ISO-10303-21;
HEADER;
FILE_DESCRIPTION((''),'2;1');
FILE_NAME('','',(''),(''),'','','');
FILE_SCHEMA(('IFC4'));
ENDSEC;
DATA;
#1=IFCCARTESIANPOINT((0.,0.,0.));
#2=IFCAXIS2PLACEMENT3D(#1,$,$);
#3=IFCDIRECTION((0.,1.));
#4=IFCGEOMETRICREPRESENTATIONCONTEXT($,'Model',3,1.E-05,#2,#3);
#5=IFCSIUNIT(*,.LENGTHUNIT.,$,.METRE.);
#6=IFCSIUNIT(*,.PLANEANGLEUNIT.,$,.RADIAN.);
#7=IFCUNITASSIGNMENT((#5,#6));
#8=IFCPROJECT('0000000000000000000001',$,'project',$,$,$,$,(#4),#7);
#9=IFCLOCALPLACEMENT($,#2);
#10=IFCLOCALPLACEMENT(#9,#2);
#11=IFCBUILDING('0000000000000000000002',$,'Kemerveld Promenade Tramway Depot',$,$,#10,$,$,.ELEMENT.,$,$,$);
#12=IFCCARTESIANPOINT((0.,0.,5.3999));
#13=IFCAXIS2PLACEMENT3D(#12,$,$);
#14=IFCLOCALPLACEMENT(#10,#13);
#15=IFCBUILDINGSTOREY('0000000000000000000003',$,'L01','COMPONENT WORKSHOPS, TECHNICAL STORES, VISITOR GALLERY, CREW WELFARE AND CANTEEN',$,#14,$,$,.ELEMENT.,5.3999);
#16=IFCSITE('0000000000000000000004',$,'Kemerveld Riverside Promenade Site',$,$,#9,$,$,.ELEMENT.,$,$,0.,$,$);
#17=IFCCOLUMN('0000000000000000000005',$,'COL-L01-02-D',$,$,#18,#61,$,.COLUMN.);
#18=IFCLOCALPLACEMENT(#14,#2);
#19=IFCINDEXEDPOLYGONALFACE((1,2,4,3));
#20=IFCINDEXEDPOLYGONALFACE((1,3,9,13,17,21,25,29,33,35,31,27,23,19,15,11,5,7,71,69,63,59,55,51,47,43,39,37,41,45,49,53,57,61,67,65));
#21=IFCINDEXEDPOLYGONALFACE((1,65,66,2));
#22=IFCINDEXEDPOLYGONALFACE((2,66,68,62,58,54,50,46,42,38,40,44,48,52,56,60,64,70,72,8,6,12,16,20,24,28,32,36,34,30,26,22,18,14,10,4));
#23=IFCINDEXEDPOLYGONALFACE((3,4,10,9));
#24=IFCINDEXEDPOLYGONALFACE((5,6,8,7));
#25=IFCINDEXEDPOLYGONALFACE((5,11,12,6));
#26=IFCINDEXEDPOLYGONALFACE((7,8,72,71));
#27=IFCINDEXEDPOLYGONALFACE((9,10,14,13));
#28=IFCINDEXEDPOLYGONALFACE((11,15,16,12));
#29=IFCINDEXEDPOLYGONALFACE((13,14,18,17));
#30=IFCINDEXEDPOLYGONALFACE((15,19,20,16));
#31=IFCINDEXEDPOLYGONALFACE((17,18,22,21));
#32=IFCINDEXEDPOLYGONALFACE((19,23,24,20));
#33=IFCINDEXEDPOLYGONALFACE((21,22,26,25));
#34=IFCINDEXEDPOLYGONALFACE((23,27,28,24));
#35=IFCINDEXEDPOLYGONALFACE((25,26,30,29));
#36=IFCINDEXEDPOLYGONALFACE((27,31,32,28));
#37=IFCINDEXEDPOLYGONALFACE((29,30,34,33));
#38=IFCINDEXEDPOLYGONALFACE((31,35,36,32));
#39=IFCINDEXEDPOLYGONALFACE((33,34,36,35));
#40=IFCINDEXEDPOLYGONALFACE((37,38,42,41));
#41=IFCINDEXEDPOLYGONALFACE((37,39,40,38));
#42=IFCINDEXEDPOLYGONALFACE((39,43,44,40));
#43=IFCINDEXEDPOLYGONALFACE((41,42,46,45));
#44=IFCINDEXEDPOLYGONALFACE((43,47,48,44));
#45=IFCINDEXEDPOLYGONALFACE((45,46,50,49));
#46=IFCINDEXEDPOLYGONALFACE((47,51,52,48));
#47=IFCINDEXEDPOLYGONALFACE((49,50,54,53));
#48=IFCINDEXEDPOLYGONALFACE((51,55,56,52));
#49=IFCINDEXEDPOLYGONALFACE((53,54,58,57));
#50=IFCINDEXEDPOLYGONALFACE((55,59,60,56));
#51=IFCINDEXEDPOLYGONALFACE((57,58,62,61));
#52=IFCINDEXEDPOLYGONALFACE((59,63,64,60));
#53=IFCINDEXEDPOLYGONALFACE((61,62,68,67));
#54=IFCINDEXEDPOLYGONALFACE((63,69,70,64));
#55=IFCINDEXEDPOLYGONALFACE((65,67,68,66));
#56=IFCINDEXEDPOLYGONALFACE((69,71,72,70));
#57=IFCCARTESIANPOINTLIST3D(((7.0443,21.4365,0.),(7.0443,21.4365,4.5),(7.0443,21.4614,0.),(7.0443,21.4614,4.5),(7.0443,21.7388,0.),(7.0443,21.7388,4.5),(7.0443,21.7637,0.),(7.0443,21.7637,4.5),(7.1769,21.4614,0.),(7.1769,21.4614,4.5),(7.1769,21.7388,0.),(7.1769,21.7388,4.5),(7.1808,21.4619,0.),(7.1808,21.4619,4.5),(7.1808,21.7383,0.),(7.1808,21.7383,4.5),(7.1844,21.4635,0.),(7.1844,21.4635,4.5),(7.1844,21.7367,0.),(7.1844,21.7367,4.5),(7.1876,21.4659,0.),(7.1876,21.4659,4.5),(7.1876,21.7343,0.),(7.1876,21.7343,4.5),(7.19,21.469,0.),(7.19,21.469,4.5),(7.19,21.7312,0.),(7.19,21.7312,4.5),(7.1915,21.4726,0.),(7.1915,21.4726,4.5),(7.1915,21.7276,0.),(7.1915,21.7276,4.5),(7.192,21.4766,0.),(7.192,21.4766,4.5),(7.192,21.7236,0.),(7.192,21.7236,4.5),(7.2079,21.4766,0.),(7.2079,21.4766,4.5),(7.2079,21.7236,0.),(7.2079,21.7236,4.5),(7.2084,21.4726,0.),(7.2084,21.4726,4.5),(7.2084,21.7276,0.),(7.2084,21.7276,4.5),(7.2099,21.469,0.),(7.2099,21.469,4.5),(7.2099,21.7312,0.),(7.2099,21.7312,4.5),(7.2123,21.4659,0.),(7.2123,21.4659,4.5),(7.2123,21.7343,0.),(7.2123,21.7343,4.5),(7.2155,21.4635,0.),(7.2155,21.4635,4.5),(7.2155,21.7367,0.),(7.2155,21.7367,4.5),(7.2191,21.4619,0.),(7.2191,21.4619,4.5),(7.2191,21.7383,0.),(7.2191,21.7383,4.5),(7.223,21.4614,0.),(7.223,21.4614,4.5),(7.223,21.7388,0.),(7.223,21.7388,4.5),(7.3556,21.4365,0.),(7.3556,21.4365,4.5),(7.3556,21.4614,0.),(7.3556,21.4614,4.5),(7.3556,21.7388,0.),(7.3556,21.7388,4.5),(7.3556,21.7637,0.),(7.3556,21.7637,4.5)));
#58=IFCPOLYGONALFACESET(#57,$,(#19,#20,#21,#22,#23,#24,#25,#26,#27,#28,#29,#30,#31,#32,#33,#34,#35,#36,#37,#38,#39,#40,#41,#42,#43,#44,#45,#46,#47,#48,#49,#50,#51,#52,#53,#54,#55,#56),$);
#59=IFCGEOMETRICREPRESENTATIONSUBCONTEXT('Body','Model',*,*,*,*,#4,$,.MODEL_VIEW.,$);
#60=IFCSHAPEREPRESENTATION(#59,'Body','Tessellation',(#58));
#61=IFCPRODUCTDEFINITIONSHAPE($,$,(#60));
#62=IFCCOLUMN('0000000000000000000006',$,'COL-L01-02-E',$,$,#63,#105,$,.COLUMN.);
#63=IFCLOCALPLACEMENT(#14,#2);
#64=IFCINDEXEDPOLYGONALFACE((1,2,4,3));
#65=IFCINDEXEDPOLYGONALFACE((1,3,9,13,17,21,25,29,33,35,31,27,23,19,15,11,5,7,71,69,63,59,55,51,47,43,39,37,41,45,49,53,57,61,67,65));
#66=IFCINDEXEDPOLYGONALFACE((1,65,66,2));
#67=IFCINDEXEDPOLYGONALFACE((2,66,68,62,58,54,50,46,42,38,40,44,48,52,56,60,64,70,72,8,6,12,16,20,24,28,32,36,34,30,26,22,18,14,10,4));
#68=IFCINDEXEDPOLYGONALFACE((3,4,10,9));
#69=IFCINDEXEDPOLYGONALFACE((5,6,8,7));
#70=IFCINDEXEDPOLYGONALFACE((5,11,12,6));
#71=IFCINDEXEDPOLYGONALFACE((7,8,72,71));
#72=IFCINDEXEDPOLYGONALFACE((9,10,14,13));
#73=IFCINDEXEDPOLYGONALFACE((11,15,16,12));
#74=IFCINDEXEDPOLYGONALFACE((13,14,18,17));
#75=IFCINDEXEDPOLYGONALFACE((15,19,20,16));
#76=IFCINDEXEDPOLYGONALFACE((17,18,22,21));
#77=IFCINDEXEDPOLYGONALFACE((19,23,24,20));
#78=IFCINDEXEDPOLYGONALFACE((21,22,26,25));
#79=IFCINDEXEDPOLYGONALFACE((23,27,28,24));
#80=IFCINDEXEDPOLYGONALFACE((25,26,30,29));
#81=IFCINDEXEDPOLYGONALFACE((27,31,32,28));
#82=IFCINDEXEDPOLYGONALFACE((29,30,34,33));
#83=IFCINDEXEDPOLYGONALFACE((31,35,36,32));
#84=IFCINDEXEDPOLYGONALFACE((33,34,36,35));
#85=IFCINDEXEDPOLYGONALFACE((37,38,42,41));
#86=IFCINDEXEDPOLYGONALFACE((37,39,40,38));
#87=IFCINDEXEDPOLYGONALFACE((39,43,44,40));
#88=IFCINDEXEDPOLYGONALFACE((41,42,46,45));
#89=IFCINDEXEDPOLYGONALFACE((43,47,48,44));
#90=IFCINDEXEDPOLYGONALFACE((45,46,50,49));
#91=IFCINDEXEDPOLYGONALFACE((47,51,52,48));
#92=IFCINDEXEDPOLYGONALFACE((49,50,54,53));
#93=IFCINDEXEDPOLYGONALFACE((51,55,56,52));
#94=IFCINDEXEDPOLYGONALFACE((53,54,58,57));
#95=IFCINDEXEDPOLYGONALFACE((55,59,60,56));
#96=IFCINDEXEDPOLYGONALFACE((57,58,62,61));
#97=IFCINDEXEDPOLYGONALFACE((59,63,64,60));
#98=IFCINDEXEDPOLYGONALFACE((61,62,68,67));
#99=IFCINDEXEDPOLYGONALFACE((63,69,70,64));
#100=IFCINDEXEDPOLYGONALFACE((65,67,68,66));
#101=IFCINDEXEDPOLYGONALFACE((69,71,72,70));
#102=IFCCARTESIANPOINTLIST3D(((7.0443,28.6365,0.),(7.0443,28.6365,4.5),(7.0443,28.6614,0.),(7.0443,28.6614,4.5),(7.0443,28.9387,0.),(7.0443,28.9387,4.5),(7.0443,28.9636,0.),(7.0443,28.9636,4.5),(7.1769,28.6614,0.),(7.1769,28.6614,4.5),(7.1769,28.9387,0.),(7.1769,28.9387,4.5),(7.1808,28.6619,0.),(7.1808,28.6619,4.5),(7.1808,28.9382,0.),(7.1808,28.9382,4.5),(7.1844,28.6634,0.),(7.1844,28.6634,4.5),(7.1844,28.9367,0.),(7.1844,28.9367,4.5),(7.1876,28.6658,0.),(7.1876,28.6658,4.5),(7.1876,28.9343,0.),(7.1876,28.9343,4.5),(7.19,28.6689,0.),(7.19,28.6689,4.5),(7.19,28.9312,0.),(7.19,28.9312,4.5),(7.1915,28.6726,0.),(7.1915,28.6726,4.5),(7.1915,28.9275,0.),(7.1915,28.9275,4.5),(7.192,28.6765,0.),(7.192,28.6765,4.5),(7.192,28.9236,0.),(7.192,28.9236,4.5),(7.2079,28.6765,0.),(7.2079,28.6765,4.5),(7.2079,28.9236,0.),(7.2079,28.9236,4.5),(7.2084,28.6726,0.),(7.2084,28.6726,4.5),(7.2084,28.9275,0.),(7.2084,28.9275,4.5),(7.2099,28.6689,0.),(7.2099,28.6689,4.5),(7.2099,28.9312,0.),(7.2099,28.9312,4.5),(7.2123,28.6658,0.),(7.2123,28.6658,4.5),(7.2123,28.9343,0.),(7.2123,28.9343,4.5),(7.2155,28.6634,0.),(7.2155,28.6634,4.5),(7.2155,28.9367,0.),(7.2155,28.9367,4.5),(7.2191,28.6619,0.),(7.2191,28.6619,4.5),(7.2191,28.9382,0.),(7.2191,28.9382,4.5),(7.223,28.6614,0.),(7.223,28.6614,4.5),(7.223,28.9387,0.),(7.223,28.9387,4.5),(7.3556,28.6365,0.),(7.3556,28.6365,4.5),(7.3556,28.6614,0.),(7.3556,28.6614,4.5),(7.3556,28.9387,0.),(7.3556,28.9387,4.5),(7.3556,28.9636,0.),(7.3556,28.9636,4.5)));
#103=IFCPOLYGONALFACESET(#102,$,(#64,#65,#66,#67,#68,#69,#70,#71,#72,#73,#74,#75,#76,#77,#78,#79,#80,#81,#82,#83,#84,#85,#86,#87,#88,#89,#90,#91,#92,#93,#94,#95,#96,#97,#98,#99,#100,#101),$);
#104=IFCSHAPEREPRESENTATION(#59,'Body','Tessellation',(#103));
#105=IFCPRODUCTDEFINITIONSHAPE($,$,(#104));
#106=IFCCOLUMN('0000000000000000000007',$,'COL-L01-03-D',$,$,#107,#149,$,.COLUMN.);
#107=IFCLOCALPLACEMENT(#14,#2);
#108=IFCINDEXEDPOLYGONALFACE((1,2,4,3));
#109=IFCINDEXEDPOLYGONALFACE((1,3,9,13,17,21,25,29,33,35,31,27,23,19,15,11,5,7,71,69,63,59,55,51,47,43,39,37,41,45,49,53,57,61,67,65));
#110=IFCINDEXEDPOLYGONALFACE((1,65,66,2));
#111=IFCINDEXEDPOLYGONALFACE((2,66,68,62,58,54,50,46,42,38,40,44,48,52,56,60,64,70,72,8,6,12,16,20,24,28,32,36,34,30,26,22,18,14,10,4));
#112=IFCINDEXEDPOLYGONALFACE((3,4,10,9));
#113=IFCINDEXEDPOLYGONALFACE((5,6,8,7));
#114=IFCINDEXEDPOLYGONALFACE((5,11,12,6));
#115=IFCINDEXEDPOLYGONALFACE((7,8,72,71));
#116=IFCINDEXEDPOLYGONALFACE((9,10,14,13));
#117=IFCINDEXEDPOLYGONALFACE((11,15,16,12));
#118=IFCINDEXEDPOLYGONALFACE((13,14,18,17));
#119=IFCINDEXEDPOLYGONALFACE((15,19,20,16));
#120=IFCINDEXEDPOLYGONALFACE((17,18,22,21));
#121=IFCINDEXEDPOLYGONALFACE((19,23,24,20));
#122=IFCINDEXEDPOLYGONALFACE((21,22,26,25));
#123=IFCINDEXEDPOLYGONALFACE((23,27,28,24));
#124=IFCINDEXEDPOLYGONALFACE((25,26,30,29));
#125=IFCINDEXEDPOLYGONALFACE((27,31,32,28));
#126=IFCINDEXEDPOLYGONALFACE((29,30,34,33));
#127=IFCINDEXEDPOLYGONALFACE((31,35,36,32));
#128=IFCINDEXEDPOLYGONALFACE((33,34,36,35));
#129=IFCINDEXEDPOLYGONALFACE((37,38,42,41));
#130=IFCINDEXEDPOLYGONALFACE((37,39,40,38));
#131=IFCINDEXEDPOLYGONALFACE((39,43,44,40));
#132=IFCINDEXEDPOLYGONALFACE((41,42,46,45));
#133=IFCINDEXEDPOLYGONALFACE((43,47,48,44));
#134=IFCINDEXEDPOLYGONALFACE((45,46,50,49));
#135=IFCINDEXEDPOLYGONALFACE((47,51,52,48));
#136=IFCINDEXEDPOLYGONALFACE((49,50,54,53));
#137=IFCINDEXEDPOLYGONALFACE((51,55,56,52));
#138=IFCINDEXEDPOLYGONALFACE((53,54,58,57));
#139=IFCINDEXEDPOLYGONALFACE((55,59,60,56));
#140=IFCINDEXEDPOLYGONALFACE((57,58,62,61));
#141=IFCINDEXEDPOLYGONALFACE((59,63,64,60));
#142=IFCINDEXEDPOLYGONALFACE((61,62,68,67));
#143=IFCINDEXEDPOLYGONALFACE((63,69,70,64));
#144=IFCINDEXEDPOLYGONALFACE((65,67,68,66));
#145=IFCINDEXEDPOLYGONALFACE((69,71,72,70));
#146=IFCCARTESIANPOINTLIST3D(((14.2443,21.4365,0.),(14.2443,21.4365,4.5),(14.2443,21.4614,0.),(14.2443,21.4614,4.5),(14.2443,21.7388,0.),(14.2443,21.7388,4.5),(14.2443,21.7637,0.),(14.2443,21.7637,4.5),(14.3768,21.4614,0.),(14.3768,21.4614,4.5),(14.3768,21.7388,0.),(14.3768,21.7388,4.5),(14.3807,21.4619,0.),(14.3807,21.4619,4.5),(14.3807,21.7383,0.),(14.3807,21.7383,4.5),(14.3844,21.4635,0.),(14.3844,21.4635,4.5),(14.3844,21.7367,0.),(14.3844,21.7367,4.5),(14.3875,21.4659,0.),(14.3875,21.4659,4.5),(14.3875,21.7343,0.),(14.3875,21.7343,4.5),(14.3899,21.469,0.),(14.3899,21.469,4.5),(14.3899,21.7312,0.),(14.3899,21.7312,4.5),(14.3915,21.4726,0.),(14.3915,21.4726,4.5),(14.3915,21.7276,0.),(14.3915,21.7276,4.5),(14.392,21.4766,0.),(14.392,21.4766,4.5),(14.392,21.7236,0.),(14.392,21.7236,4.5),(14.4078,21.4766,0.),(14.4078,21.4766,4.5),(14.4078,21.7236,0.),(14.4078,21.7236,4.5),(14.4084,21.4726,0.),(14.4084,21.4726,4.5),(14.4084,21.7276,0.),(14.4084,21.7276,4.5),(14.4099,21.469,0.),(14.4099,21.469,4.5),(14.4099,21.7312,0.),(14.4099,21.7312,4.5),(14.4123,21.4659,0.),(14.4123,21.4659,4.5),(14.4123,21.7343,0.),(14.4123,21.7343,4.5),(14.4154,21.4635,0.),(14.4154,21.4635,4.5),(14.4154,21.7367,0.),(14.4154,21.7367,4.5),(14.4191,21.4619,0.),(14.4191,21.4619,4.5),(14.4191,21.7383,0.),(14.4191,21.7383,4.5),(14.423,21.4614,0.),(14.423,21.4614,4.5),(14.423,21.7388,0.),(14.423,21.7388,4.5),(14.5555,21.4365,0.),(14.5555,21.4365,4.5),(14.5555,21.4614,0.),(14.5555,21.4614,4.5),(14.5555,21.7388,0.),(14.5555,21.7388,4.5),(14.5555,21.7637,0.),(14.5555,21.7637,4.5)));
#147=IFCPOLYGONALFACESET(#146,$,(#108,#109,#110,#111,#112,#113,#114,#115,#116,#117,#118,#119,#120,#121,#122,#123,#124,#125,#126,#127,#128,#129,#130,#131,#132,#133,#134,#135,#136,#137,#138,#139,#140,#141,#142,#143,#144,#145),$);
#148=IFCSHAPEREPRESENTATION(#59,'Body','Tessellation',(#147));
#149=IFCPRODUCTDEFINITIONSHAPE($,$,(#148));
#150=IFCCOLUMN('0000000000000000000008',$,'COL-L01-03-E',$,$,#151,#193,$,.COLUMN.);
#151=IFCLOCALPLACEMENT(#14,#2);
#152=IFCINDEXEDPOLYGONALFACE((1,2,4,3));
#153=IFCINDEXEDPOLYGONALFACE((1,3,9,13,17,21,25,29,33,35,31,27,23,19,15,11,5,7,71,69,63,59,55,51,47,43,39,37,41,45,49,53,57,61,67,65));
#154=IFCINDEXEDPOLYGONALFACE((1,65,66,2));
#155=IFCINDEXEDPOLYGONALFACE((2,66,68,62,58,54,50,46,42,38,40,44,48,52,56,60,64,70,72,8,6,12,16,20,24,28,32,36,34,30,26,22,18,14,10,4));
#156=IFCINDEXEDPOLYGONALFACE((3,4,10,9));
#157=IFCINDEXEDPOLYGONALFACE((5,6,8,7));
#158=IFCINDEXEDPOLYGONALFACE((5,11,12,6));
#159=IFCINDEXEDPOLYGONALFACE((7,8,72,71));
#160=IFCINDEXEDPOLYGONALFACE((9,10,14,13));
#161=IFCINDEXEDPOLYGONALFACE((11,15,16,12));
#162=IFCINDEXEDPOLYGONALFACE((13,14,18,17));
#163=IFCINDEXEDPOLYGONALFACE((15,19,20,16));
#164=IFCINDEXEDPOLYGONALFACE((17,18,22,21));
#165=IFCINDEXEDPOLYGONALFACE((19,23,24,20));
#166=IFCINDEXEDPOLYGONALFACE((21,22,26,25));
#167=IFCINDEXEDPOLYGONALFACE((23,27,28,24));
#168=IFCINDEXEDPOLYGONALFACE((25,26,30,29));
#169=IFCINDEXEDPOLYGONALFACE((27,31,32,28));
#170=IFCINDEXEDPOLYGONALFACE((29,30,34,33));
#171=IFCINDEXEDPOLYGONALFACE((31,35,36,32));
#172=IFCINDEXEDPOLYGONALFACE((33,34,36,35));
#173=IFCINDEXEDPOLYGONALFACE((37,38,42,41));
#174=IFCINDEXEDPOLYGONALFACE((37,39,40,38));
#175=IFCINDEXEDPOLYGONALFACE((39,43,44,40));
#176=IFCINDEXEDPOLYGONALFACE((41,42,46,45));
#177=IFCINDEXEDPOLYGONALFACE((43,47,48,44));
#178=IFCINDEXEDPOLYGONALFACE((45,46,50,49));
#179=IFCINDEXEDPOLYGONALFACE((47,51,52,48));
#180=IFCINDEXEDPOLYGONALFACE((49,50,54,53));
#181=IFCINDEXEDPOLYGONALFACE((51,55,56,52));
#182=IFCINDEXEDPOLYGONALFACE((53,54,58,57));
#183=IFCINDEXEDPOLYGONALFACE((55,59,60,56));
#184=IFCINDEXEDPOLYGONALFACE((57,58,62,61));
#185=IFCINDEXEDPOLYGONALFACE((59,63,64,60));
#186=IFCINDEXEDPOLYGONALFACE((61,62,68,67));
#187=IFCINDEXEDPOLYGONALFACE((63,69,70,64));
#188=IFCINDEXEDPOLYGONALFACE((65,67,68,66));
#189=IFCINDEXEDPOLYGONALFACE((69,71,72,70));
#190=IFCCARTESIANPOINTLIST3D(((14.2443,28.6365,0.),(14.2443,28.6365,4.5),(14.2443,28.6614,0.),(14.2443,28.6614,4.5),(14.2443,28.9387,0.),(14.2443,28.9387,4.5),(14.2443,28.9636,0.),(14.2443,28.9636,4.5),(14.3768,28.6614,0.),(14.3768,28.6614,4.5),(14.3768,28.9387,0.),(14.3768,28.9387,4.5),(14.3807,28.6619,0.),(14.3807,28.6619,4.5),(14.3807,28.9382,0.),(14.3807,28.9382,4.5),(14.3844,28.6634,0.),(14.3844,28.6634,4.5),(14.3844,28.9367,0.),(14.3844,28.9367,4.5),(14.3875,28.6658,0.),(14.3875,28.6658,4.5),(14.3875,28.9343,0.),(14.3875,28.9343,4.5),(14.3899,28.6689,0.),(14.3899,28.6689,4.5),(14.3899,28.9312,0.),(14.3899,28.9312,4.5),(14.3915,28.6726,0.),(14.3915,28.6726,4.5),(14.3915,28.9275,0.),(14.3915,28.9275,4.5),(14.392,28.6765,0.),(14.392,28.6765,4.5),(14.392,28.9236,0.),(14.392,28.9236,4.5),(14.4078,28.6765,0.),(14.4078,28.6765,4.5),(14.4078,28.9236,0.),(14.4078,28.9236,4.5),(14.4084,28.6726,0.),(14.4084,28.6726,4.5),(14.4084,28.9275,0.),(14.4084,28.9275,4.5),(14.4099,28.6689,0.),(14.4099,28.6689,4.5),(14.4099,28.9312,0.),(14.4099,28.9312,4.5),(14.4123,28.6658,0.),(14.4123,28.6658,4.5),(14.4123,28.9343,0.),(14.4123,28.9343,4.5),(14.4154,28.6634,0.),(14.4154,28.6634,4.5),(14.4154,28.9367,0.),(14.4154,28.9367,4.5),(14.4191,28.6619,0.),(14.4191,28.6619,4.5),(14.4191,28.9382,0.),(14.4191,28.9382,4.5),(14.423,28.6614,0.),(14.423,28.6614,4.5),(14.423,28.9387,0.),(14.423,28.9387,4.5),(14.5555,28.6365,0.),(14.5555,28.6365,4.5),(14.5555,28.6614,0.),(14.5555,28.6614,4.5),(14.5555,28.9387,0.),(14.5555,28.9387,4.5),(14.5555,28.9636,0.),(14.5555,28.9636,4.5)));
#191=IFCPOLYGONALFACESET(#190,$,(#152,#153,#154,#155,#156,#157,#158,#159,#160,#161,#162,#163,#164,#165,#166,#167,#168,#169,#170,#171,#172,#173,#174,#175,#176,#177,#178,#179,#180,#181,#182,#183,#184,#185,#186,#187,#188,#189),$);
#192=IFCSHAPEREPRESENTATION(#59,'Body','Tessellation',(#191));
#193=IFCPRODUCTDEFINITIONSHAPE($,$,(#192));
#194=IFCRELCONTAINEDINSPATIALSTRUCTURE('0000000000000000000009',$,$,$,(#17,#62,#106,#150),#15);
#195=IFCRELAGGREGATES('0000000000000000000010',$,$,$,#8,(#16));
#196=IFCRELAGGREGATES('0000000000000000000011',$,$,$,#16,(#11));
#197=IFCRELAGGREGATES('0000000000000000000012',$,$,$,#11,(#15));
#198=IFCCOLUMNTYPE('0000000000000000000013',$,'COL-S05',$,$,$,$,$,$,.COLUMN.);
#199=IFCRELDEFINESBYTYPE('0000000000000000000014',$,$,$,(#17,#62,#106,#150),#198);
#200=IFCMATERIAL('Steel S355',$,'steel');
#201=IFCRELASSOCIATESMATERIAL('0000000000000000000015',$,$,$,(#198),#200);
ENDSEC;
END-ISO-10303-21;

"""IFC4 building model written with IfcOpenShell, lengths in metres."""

from ifc_helpers import new_model, si_unit, direction, frame, origin, origin_2d, place, context, subcontext, project, spatial, i_section, extrude, material, material_profile, profile_set, type_object, element, save


model = new_model("IFC4")

# Units and contexts
model_context = context("Model", 3, precision=1e-05, world=origin(), true_north=direction((0.0, 1.0)))
body_context = subcontext(model_context, "Body", "Model", "MODEL_VIEW")
ifc_project = project(units=[si_unit("LENGTHUNIT", "METRE"), si_unit("PLANEANGLEUNIT", "RADIAN")], contexts=[model_context])

# Site, building, storey
site_placement = place(None, origin())
site = spatial("IfcSite", under=ifc_project, at=site_placement, Name="Kemerveld Riverside Promenade Site", CompositionType="ELEMENT", RefElevation=0.0)
building_placement = place(site_placement, origin())
building = spatial("IfcBuilding", under=site, at=building_placement, Name="Kemerveld Promenade Tramway Depot", CompositionType="ELEMENT")
storey_placement = place(building_placement, frame((0.0, 0.0, 5.3999)))
storey = spatial("IfcBuildingStorey", under=building, at=storey_placement, Name="L01", Description="COMPONENT WORKSHOPS, TECHNICAL STORES, VISITOR GALLERY, CREW WELFARE AND CANTEEN", CompositionType="ELEMENT", Elevation=5.3999)

# Columns
ifc_material_1 = material(Name="Steel S355", Category="steel")
ifc_material_profile_1 = material_profile(ifc_material_1, i_section(OverallWidth=0.3113, OverallDepth=0.3271, WebThickness=0.0159, FlangeThickness=0.0249, FilletRadius=0.0151, at=origin_2d()), Name="305x305x158 UC")
ifc_profile_set_1 = profile_set([ifc_material_profile_1], Name="Steel S355")
column_type = type_object("IfcColumnType", Name="COL-S05", PredefinedType="COLUMN", material=ifc_profile_set_1)
for number, where, z_axis, x_axis, name in (
    (1, (7.2, 21.6001, 0.0), (0.0, 0.0, 1.0), (1.0, 0.0, 0.0), "COL-L01-02-D"),
    (2, (7.2, 28.8, 0.0), (0.0, 0.0, 1.0), (1.0, 0.0, 0.0), "COL-L01-02-E"),
    (3, (14.3999, 21.6001, 0.0), (0.0, 0.0, 1.0), (1.0, 0.0, 0.0), "COL-L01-03-D"),
    (4, (14.3999, 28.8, 0.0), (0.0, 0.0, 1.0), (1.0, 0.0, 0.0), "COL-L01-03-E"),
):
    element("IfcColumn", number, at=place(storey_placement, frame(where, z_axis=z_axis, x_axis=x_axis)), inside=storey, type_object=column_type, Name=name, PredefinedType="COLUMN", context=body_context, shape_type="SweptSolid", body=[
        extrude(i_section(OverallWidth=0.3113, OverallDepth=0.3271, WebThickness=0.0159, FlangeThickness=0.0249, FilletRadius=0.0151, at=origin_2d()), origin(), (0.0, 0.0, 1.0), 4.5),
    ])

save(model, "model.ifc")
